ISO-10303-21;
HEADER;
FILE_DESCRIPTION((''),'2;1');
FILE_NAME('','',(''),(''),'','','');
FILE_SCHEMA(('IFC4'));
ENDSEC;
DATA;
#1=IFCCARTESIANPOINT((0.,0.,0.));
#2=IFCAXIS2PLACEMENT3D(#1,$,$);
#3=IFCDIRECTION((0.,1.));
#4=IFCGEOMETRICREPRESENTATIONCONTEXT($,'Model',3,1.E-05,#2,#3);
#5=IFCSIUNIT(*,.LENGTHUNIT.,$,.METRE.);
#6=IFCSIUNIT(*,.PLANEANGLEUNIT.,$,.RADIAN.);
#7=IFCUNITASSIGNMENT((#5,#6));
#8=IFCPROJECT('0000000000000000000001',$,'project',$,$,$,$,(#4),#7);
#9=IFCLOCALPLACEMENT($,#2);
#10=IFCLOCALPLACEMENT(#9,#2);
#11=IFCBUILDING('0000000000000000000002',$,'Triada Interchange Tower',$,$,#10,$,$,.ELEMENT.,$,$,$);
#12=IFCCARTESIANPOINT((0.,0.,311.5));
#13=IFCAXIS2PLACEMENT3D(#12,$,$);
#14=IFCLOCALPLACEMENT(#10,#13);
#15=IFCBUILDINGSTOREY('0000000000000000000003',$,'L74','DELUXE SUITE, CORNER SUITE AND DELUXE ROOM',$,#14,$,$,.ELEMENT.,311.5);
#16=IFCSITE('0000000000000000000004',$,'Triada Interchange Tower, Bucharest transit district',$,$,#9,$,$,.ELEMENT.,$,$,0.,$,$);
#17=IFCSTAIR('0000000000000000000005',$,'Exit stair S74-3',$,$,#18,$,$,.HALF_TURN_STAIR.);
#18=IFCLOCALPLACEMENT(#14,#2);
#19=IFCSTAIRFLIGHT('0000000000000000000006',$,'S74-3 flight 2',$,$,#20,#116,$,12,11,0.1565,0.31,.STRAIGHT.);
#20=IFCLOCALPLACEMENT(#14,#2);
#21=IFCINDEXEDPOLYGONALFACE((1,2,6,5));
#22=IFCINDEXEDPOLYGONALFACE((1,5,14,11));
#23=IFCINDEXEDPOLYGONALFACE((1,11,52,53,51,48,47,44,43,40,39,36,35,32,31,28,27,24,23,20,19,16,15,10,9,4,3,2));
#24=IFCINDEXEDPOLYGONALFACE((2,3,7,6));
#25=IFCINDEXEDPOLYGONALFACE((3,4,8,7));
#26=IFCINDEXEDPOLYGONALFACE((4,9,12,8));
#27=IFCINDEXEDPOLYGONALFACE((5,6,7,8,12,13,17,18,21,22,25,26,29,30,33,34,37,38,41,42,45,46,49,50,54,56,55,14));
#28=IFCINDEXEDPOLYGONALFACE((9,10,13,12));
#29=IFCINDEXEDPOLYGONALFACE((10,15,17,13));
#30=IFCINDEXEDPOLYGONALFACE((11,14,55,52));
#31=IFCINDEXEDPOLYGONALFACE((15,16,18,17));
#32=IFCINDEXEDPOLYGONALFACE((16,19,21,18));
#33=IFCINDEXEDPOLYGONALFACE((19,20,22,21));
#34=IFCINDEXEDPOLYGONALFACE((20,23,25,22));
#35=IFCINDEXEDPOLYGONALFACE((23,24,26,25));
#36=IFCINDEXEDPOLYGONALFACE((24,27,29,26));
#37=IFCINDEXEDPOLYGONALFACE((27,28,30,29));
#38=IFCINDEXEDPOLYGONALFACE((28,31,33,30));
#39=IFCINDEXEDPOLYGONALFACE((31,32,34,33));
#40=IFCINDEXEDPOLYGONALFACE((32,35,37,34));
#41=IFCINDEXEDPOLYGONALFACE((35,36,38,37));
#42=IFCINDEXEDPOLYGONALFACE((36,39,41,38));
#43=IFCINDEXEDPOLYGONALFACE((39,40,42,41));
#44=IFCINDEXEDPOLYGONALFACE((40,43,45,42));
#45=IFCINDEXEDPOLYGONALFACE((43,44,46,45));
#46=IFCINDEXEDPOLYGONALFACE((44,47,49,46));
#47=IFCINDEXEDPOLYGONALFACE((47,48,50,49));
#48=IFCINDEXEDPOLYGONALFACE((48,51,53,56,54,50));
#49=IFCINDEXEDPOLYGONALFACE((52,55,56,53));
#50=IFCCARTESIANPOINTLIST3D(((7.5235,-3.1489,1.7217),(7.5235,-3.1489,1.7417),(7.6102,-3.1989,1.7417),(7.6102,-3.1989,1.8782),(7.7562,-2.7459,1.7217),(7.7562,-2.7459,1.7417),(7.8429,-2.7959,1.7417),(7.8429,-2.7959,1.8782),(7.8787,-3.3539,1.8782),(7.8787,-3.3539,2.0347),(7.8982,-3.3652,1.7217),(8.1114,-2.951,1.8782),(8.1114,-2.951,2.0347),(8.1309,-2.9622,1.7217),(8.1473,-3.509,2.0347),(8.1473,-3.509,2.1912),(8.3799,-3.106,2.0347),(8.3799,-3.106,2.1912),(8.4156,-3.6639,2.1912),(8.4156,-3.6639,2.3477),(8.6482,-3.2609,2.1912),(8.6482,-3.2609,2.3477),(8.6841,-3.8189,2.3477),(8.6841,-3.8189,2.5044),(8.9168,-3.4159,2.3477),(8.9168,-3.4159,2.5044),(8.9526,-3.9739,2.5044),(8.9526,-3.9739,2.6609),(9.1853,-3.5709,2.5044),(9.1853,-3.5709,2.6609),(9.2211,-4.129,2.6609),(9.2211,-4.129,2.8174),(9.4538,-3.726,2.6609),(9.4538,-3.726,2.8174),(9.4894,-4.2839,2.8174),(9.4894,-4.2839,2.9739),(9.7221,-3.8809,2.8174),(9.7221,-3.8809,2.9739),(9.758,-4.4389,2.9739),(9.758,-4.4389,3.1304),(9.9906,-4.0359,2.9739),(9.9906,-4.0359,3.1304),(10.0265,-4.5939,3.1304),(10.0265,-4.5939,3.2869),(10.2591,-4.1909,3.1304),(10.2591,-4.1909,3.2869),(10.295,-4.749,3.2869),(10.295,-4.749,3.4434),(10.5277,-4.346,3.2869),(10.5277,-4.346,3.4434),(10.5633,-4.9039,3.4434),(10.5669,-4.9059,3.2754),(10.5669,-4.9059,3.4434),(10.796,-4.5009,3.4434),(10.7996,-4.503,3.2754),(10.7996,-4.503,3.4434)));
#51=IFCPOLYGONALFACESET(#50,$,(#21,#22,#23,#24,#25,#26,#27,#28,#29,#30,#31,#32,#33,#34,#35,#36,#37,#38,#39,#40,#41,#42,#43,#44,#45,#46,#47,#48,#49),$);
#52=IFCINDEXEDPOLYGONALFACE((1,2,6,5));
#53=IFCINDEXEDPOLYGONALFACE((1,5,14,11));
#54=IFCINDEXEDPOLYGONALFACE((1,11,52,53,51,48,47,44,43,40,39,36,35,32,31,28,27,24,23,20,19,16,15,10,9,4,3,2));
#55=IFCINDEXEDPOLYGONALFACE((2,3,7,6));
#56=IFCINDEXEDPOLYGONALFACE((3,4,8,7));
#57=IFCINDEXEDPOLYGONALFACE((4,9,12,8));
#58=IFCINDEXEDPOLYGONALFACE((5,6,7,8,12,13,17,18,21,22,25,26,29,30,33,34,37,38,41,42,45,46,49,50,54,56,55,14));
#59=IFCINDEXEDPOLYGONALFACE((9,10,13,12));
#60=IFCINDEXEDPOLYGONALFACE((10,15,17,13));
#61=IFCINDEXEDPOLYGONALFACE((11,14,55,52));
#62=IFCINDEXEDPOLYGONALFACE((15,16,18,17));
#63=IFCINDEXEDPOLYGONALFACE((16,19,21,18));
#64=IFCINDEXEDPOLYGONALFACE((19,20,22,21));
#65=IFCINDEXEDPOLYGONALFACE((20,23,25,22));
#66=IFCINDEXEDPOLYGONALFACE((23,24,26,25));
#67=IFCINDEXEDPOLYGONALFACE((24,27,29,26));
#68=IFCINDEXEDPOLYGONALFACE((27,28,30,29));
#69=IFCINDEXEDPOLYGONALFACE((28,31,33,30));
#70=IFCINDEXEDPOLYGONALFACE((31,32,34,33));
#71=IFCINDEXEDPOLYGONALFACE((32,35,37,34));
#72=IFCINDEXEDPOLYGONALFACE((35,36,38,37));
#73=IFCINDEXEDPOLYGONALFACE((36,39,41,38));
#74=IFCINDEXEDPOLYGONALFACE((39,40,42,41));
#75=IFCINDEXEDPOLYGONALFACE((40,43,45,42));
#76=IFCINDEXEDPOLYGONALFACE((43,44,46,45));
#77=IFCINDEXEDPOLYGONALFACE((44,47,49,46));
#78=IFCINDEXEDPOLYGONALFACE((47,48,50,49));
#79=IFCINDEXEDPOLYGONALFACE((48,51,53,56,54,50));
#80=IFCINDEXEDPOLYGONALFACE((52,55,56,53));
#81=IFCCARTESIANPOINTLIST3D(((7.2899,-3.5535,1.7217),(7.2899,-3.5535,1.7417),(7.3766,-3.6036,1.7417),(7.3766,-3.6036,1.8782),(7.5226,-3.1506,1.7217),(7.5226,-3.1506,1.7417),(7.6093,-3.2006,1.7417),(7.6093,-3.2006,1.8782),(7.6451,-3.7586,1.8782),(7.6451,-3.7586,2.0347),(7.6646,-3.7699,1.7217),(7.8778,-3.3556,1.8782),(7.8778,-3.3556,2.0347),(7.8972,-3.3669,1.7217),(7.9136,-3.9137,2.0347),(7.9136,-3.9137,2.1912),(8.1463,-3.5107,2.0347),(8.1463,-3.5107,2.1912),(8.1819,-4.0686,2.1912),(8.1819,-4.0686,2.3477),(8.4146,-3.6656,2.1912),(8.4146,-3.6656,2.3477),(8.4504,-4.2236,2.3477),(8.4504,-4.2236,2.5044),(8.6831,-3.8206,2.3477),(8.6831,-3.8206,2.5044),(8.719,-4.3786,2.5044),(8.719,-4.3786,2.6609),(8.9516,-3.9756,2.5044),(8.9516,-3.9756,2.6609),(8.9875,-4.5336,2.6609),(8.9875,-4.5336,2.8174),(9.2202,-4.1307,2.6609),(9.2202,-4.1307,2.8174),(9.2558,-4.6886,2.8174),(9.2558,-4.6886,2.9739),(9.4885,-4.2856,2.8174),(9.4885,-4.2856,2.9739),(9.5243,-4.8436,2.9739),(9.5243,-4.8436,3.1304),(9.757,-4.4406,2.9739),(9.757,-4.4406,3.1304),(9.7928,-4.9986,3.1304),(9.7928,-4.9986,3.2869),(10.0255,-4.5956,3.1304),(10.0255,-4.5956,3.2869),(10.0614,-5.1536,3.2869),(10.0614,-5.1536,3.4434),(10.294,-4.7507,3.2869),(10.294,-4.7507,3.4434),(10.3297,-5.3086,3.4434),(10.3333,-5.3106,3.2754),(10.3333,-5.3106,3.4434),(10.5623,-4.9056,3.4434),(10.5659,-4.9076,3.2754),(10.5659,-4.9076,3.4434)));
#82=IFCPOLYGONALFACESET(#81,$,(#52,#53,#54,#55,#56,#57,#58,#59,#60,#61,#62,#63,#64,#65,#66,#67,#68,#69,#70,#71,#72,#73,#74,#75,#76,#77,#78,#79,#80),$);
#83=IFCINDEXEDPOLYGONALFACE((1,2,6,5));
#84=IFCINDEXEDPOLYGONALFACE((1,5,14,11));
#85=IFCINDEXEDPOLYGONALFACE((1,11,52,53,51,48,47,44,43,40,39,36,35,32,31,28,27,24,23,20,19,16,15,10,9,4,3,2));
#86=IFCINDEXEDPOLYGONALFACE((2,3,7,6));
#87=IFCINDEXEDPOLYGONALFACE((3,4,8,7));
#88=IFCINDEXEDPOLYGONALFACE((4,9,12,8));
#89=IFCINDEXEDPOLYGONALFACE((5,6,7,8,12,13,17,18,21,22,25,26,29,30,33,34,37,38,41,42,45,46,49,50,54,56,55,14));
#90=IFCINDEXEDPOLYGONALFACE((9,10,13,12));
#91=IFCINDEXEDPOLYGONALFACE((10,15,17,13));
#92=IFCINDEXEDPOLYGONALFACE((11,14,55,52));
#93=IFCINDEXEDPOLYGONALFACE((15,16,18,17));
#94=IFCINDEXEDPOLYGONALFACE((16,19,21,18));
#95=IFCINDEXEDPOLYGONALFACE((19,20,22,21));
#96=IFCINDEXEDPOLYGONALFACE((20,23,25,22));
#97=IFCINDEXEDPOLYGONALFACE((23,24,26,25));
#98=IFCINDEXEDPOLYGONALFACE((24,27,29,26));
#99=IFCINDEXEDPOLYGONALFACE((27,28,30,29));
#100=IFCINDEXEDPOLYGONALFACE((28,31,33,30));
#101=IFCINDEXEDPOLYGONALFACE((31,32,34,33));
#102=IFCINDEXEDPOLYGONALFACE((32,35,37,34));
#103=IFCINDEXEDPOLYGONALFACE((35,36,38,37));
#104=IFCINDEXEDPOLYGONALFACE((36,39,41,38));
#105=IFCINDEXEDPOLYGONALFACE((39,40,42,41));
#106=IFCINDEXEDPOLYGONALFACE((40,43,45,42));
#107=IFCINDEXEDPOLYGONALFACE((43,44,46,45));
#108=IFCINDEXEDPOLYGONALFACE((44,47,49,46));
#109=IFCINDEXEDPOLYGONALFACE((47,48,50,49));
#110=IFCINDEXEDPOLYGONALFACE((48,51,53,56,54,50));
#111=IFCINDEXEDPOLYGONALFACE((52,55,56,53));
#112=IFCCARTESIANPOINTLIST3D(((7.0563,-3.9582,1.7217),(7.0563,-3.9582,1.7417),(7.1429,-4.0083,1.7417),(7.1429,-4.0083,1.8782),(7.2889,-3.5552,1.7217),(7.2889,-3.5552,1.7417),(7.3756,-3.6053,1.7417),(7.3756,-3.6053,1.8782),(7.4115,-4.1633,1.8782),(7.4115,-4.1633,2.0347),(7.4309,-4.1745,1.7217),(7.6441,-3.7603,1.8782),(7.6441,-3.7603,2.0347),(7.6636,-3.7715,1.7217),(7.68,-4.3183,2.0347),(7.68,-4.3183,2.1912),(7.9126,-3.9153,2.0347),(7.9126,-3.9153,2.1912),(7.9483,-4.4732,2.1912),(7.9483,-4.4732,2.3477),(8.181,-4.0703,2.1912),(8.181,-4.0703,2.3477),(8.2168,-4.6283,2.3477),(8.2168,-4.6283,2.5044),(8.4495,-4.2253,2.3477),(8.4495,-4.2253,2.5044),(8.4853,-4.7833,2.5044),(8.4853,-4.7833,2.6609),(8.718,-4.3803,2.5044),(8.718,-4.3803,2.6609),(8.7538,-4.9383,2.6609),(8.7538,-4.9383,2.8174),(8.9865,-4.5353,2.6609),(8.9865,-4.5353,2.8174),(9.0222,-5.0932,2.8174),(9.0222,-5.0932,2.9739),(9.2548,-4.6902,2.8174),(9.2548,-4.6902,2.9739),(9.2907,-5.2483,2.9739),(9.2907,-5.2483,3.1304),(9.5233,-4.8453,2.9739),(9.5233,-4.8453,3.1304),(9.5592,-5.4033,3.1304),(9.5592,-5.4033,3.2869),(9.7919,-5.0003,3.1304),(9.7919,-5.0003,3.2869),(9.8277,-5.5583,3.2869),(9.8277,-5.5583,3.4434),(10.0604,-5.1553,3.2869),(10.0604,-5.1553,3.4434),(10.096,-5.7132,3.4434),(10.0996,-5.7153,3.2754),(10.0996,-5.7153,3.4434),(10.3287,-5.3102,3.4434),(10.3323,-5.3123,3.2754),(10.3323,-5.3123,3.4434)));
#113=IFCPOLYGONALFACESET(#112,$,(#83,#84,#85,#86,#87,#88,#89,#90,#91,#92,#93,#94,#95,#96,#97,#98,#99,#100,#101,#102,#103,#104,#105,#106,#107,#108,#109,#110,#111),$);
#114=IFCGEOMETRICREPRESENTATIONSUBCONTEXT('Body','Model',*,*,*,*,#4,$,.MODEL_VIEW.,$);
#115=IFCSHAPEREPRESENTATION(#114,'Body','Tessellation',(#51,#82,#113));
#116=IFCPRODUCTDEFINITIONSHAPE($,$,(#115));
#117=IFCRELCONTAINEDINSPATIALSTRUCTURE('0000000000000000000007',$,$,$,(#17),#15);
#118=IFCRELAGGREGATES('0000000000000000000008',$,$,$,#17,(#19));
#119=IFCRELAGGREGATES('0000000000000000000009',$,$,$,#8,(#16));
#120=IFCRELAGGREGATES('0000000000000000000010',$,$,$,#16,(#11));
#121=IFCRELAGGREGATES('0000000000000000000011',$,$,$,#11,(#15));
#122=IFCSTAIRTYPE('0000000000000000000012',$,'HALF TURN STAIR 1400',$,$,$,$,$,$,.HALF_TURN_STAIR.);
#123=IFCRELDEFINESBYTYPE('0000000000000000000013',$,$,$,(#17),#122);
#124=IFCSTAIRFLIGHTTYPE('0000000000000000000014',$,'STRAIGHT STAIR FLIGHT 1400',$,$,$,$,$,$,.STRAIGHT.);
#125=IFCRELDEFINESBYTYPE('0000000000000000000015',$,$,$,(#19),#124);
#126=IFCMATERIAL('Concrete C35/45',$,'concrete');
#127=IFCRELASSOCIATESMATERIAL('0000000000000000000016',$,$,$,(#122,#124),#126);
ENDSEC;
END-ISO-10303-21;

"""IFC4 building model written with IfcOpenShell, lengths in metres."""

from ifc_helpers import new_model, si_unit, direction, frame, origin, place, context, subcontext, project, spatial, polyline, outline, extrude, material, type_object, element, aggregate, save


model = new_model("IFC4")

# Units and contexts
model_context = context("Model", 3, precision=1e-05, world=origin(), true_north=direction((0.0, 1.0)))
body_context = subcontext(model_context, "Body", "Model", "MODEL_VIEW")
ifc_project = project(units=[si_unit("LENGTHUNIT", "METRE"), si_unit("PLANEANGLEUNIT", "RADIAN")], contexts=[model_context])

# Site, building, storey
site_placement = place(None, origin())
site = spatial("IfcSite", under=ifc_project, at=site_placement, Name="Triada Interchange Tower, Bucharest transit district", CompositionType="ELEMENT", RefElevation=0.0)
building_placement = place(site_placement, origin())
building = spatial("IfcBuilding", under=site, at=building_placement, Name="Triada Interchange Tower", CompositionType="ELEMENT")
storey_placement = place(building_placement, frame((0.0, 0.0, 311.5)))
storey = spatial("IfcBuildingStorey", under=building, at=storey_placement, Name="L74", Description="DELUXE SUITE, CORNER SUITE AND DELUXE ROOM", CompositionType="ELEMENT", Elevation=311.5)

# Stair, stair flight
ifc_material_1 = material(Name="Concrete C35/45", Category="concrete")
stair_type = type_object("IfcStairType", Name="HALF TURN STAIR 1400", PredefinedType="HALF_TURN_STAIR", material=ifc_material_1)
stair_placement = place(storey_placement, origin())
stair = element("IfcStair", 1, at=stair_placement, inside=storey, type_object=stair_type, Name="Exit stair S74-3", PredefinedType="HALF_TURN_STAIR")
stair_flight_type = type_object("IfcStairFlightType", Name="STRAIGHT STAIR FLIGHT 1400", PredefinedType="STRAIGHT", material=ifc_material_1)
stair_flight_1_placement = place(storey_placement, frame((7.4929, -3.4021, 1.7217), z_axis=(0.0, 0.0, 1.0), x_axis=(0.866025, -0.5, 0.0)))
stair_flight_1 = element("IfcStairFlight", 2, at=stair_flight_1_placement, type_object=stair_flight_type, Name="S74-3 flight 2", NumberOfRisers=12, NumberOfTreads=11, PredefinedType="STRAIGHT", RiserHeight=0.1565, TreadLength=0.31, context=body_context, shape_type="SweptSolid", body=[
    extrude(outline(polyline([(-0.1001, 0.0), (-0.1001, 0.02), (0.0, 0.02), (0.0, 0.1565), (0.3101, 0.1565), (0.3101, 0.313), (0.6201, 0.313), (0.6201, 0.4695), (0.9299, 0.4695), (0.9299, 0.626), (1.24, 0.626), (1.24, 0.7827), (1.55, 0.7827), (1.55, 0.9392), (1.8601, 0.9392), (1.8601, 1.0957), (2.1699, 1.0957), (2.1699, 1.2522), (2.48, 1.2522), (2.48, 1.4087), (2.79, 1.4087), (2.79, 1.5652), (3.1001, 1.5652), (3.1001, 1.7217), (3.4099, 1.7217), (3.4141, 1.7217), (3.4141, 1.8782), (3.4141, 1.5537), (0.3325, 0.0), (-0.1001, 0.0)])), frame((0.0, 0.7, 0.0), z_axis=(0.0, -1.0, 0.0), x_axis=(1.0, 0.0, 0.0)), (0.0, 0.0, 1.0), 0.4653),
    extrude(outline(polyline([(-0.1001, 0.0), (-0.1001, 0.02), (0.0, 0.02), (0.0, 0.1565), (0.3101, 0.1565), (0.3101, 0.313), (0.6201, 0.313), (0.6201, 0.4695), (0.9299, 0.4695), (0.9299, 0.626), (1.24, 0.626), (1.24, 0.7827), (1.55, 0.7827), (1.55, 0.9392), (1.8601, 0.9392), (1.8601, 1.0957), (2.1699, 1.0957), (2.1699, 1.2522), (2.48, 1.2522), (2.48, 1.4087), (2.79, 1.4087), (2.79, 1.5652), (3.1001, 1.5652), (3.1001, 1.7217), (3.4099, 1.7217), (3.4141, 1.7217), (3.4141, 1.8782), (3.4141, 1.5537), (0.3325, 0.0), (-0.1001, 0.0)])), frame((0.0, 0.2327, 0.0), z_axis=(0.0, -1.0, 0.0), x_axis=(1.0, 0.0, 0.0)), (0.0, 0.0, 1.0), 0.4653),
    extrude(outline(polyline([(-0.1001, 0.0), (-0.1001, 0.02), (0.0, 0.02), (0.0, 0.1565), (0.3101, 0.1565), (0.3101, 0.313), (0.6201, 0.313), (0.6201, 0.4695), (0.9299, 0.4695), (0.9299, 0.626), (1.24, 0.626), (1.24, 0.7827), (1.55, 0.7827), (1.55, 0.9392), (1.8601, 0.9392), (1.8601, 1.0957), (2.1699, 1.0957), (2.1699, 1.2522), (2.48, 1.2522), (2.48, 1.4087), (2.79, 1.4087), (2.79, 1.5652), (3.1001, 1.5652), (3.1001, 1.7217), (3.4099, 1.7217), (3.4141, 1.7217), (3.4141, 1.8782), (3.4141, 1.5537), (0.3325, 0.0), (-0.1001, 0.0)])), frame((0.0, -0.2346, 0.0), z_axis=(0.0, -1.0, 0.0), x_axis=(1.0, 0.0, 0.0)), (0.0, 0.0, 1.0), 0.4653),
])
aggregate(stair, [stair_flight_1])

save(model, "model.ifc")
